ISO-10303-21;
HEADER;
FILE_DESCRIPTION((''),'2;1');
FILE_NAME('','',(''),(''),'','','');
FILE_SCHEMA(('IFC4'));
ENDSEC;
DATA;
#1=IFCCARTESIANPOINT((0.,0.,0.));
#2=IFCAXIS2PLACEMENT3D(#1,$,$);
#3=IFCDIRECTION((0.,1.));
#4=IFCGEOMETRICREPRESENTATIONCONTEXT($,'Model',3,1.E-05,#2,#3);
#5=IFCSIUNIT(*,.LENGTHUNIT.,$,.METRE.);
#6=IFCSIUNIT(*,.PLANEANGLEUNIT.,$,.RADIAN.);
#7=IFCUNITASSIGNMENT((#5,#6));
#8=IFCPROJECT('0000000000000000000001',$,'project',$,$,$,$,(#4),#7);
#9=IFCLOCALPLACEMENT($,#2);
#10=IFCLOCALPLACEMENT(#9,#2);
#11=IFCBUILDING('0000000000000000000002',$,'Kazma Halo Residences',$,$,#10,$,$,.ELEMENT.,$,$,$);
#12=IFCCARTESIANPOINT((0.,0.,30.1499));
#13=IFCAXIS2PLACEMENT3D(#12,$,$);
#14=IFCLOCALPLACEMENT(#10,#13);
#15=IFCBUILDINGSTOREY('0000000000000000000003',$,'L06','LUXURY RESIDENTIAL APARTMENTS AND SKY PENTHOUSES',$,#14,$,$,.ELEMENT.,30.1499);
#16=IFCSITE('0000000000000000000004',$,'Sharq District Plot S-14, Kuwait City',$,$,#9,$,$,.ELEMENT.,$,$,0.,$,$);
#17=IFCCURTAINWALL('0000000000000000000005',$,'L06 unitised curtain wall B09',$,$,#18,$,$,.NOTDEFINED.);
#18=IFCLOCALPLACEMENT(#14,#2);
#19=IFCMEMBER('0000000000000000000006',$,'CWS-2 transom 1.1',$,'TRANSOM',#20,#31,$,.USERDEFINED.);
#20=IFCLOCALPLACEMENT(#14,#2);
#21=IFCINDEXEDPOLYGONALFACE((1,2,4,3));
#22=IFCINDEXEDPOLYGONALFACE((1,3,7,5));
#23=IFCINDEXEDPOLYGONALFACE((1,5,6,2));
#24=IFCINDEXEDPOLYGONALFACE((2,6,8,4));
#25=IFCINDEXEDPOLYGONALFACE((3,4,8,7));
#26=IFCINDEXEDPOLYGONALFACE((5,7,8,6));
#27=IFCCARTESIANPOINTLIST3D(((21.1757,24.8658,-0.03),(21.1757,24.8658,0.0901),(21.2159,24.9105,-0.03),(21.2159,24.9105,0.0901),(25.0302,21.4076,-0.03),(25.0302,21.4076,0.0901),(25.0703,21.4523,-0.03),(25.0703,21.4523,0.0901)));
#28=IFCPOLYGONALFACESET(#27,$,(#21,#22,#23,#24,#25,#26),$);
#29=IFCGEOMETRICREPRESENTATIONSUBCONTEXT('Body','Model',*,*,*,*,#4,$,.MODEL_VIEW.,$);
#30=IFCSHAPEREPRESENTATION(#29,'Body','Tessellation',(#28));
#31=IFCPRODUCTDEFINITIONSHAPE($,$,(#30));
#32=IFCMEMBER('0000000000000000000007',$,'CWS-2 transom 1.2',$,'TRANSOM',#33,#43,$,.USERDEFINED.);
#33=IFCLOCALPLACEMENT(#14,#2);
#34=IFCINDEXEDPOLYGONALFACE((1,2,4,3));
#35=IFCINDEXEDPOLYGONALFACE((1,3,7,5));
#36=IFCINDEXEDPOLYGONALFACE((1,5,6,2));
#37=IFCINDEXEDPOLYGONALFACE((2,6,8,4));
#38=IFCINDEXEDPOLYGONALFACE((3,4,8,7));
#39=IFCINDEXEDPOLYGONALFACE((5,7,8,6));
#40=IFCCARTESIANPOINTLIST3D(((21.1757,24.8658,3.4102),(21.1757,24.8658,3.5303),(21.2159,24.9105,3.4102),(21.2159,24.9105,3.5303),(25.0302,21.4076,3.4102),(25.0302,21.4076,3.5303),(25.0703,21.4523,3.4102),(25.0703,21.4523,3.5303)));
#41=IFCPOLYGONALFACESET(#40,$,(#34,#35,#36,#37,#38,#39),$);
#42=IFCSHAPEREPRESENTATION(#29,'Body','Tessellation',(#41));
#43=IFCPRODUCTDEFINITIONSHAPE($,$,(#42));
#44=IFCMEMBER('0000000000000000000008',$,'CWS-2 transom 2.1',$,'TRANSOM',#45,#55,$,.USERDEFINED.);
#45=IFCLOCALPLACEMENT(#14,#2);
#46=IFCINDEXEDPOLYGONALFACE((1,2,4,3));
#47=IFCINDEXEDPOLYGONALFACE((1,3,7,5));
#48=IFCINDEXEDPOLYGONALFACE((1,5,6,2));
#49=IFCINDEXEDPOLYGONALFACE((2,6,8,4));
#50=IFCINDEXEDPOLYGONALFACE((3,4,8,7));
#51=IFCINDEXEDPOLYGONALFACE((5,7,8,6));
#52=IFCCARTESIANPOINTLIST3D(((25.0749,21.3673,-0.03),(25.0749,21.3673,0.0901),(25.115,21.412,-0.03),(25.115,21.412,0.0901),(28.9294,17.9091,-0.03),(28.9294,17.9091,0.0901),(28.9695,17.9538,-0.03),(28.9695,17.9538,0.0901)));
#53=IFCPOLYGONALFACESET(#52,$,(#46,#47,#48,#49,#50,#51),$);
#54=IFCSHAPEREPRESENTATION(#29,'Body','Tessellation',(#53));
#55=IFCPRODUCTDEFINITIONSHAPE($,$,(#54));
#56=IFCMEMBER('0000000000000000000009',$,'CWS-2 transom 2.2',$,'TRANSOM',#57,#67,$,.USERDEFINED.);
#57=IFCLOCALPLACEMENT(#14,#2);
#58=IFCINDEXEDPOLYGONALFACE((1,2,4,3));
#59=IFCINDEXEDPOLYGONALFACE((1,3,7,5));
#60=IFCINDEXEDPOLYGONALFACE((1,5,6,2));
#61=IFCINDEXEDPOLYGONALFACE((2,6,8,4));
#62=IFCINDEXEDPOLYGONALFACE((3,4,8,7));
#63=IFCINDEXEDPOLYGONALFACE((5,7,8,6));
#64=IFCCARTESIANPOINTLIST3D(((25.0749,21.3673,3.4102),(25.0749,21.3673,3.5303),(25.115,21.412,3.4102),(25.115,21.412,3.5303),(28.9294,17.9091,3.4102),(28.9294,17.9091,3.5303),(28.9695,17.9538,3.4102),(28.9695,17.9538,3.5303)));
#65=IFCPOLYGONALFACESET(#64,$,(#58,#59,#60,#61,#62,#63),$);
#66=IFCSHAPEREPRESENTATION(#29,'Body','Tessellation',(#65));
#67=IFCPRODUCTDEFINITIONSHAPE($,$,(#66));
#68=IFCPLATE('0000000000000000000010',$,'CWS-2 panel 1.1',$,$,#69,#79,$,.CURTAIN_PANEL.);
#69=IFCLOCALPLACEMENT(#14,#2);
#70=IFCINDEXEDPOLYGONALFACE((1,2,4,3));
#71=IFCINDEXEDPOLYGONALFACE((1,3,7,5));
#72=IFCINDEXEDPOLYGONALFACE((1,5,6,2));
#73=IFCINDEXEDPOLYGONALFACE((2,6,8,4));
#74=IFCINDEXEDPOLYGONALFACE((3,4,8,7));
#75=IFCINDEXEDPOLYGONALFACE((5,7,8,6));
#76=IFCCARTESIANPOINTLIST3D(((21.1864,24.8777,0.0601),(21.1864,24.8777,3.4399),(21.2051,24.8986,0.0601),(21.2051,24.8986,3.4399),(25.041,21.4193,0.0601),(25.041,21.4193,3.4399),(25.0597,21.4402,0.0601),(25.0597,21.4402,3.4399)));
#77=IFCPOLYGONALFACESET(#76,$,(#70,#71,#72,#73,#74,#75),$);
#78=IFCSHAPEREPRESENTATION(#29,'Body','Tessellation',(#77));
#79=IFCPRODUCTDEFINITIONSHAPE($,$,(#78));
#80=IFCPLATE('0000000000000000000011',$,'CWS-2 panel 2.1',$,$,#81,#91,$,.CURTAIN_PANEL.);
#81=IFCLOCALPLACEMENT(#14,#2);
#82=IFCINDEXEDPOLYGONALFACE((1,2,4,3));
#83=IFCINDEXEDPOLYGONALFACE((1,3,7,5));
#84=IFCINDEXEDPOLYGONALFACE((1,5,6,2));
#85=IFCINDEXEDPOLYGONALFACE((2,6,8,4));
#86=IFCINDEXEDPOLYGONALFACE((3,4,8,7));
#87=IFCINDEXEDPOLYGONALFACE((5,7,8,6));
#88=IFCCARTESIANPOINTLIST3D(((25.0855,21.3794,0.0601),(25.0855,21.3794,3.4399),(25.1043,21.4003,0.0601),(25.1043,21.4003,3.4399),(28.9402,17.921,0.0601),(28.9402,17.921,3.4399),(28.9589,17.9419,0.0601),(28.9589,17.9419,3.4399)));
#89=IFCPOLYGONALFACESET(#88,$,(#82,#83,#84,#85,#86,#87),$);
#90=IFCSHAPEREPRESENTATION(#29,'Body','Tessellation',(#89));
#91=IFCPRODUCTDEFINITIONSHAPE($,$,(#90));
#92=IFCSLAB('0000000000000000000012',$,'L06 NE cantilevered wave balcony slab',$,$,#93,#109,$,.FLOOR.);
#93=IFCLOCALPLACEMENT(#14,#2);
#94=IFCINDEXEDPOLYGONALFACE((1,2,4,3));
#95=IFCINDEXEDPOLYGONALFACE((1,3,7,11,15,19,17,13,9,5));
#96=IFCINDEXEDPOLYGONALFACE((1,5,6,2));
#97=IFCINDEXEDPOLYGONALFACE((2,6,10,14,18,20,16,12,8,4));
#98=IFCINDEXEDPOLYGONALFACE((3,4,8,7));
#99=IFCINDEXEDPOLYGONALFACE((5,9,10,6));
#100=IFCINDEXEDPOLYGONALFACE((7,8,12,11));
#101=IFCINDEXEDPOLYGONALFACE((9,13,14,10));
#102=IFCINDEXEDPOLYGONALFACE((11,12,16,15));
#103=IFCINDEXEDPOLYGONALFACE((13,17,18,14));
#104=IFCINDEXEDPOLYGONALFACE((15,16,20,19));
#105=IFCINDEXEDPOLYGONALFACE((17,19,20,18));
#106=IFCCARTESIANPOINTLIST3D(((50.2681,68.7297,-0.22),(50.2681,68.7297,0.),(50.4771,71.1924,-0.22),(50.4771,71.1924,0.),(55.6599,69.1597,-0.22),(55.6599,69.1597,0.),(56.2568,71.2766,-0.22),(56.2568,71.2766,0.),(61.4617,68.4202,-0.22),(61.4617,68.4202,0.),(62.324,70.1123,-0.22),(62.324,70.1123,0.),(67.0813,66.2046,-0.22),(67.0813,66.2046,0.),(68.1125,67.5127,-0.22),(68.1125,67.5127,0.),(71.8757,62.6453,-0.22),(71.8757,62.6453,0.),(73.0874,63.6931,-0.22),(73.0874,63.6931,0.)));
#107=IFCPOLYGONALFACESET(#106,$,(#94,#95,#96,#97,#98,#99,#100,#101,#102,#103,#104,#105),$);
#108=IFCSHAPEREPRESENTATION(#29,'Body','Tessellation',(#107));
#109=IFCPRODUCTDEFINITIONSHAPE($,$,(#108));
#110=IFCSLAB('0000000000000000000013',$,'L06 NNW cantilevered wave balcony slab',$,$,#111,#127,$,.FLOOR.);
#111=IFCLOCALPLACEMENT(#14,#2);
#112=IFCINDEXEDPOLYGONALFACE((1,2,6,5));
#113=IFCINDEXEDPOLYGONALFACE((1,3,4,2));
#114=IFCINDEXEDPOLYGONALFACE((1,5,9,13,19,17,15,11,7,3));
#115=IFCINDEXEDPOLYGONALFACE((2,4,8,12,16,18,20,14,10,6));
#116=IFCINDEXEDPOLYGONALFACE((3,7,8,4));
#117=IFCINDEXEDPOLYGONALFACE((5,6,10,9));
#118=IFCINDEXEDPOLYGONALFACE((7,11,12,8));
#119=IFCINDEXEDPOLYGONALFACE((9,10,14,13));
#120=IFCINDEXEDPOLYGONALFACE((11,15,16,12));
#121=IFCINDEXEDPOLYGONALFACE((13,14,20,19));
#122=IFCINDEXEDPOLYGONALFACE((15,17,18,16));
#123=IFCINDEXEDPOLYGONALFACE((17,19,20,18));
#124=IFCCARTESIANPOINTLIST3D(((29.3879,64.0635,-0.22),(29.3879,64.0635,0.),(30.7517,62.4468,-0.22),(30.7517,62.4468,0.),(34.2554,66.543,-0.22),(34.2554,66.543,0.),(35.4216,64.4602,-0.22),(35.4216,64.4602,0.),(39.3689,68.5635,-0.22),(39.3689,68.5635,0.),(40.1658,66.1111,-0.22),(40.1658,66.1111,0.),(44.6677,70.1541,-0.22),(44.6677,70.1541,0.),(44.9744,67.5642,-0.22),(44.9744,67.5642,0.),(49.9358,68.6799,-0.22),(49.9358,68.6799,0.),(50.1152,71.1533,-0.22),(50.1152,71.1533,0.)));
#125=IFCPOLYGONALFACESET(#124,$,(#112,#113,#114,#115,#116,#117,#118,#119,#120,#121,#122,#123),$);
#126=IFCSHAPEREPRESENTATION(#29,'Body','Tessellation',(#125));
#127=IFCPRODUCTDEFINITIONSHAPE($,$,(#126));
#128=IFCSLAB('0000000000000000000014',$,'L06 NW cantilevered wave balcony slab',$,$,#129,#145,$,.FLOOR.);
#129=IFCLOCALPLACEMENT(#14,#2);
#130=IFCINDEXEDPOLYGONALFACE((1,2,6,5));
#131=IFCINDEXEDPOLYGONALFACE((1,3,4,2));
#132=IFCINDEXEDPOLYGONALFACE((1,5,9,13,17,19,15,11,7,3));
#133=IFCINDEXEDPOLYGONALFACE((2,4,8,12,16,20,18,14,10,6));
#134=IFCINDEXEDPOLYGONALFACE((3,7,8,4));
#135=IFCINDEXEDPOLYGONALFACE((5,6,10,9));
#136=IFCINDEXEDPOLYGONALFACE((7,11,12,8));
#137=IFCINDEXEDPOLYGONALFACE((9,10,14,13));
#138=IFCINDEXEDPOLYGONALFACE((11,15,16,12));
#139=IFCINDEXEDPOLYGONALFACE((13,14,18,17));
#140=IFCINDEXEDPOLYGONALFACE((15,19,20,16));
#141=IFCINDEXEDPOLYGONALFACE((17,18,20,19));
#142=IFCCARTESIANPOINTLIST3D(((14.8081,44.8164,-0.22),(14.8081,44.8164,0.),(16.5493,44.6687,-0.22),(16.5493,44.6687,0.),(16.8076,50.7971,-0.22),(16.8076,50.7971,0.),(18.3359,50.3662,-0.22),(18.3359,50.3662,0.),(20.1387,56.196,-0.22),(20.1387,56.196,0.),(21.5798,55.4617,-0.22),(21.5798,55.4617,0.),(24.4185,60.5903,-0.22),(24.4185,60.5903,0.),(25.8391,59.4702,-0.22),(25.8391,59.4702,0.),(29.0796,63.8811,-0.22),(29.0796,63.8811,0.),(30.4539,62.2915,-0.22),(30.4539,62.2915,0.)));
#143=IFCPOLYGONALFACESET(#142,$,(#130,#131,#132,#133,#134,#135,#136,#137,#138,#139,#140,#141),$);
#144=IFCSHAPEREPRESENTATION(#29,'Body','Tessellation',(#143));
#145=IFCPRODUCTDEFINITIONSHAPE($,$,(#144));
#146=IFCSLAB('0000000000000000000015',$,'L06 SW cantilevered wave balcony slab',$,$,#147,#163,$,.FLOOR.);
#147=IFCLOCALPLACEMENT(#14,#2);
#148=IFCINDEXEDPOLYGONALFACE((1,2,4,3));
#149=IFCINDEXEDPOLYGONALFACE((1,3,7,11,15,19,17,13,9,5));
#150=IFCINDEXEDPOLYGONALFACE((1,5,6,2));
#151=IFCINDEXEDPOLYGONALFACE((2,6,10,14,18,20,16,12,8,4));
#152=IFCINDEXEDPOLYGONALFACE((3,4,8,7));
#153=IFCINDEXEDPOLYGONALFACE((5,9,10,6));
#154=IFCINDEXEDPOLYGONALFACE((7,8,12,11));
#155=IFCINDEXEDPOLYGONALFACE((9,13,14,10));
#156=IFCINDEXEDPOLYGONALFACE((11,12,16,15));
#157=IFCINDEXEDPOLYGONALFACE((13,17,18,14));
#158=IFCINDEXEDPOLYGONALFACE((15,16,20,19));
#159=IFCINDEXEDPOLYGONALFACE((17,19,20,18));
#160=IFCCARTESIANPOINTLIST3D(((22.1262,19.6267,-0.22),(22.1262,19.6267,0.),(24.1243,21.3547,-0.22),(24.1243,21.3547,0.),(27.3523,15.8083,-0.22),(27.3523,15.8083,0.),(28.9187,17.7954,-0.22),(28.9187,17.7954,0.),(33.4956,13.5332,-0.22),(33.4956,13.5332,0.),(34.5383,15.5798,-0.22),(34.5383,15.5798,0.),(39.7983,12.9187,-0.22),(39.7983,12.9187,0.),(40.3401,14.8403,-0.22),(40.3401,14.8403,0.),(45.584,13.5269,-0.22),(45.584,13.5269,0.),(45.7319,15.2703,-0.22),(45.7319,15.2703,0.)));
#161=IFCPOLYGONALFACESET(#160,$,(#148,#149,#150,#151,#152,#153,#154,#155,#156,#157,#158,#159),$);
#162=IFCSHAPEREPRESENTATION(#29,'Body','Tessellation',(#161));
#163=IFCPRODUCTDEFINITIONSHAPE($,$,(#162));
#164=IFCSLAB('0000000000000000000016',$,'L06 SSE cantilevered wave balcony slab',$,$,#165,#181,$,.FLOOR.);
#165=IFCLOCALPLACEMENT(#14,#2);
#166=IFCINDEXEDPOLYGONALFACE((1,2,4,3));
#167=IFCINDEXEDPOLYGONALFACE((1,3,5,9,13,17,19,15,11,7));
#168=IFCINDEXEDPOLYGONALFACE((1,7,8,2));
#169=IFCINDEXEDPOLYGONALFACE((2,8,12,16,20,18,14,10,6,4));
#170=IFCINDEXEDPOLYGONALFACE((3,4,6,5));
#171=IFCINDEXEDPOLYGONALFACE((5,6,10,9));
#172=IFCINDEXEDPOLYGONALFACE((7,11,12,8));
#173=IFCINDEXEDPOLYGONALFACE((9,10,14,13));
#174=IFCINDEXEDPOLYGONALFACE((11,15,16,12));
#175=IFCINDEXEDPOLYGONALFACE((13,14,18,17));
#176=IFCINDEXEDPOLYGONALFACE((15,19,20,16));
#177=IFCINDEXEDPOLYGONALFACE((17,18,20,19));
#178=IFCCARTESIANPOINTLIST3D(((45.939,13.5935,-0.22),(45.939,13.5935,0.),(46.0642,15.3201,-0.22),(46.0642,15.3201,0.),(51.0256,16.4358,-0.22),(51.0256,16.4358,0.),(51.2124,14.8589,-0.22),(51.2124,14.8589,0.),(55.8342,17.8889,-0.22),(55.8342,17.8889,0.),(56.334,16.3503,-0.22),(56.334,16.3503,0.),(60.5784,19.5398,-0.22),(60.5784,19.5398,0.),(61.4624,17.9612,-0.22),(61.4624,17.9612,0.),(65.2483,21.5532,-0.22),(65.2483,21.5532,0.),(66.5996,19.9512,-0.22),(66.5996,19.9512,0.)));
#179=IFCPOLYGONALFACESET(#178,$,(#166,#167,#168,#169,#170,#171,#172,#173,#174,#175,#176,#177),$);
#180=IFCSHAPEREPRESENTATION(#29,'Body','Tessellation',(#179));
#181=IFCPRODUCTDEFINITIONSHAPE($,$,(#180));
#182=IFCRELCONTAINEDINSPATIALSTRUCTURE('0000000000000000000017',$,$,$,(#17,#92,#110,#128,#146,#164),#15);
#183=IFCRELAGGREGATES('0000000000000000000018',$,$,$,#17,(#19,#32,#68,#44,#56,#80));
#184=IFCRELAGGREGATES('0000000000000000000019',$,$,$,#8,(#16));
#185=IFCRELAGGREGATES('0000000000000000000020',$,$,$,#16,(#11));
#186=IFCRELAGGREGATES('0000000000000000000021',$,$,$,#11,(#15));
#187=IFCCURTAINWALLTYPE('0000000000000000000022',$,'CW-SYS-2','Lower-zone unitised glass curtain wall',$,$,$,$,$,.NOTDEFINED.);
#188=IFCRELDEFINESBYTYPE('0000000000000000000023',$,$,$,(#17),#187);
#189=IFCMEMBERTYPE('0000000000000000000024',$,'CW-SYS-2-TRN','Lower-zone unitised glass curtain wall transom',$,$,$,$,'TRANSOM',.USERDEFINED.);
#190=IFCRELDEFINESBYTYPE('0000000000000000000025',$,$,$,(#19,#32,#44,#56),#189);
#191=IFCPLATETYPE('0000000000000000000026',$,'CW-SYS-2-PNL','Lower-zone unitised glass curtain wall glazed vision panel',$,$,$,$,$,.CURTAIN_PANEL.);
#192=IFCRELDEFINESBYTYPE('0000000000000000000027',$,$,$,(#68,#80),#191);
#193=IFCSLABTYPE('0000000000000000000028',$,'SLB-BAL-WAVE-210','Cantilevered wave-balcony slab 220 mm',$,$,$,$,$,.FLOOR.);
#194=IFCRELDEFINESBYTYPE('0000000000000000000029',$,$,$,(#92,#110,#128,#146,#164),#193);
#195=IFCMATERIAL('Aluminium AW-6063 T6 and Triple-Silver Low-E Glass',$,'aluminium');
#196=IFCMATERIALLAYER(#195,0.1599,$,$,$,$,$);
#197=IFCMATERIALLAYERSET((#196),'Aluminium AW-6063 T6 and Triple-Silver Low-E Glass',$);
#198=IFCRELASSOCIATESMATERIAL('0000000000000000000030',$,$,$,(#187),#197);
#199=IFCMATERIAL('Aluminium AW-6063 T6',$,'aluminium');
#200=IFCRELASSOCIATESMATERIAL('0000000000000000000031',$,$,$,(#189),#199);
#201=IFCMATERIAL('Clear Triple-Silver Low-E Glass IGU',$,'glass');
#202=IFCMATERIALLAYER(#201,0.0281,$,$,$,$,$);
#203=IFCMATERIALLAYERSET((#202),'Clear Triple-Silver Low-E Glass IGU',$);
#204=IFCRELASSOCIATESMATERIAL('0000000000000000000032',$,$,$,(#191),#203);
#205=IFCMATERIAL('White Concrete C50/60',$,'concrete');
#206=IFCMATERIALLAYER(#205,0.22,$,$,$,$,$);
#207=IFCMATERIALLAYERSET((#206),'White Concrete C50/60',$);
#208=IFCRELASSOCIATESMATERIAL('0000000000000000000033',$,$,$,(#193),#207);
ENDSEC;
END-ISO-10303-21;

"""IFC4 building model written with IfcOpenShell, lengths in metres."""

from ifc_helpers import new_model, si_unit, direction, frame, origin, origin_2d, place, context, subcontext, project, spatial, polyline, rectangle, outline, extrude, material, layer, layer_set, material_profile, profile_set, type_object, element, aggregate, save


model = new_model("IFC4")

# Units and contexts
model_context = context("Model", 3, precision=1e-05, world=origin(), true_north=direction((0.0, 1.0)))
body_context = subcontext(model_context, "Body", "Model", "MODEL_VIEW")
ifc_project = project(units=[si_unit("LENGTHUNIT", "METRE"), si_unit("PLANEANGLEUNIT", "RADIAN")], contexts=[model_context])

# Site, building, storey
site_placement = place(None, origin())
site = spatial("IfcSite", under=ifc_project, at=site_placement, Name="Sharq District Plot S-14, Kuwait City", CompositionType="ELEMENT", RefElevation=0.0)
building_placement = place(site_placement, origin())
building = spatial("IfcBuilding", under=site, at=building_placement, Name="Kazma Halo Residences", CompositionType="ELEMENT")
storey_placement = place(building_placement, frame((0.0, 0.0, 30.1499)))
storey = spatial("IfcBuildingStorey", under=building, at=storey_placement, Name="L06", Description="LUXURY RESIDENTIAL APARTMENTS AND SKY PENTHOUSES", CompositionType="ELEMENT", Elevation=30.1499)

# Curtain wall, members, plates
ifc_material_1 = material(Name="Aluminium AW-6063 T6 and Triple-Silver Low-E Glass", Category="aluminium")
ifc_layer_1 = layer(ifc_material_1, 0.1599)
ifc_layer_set_1 = layer_set([ifc_layer_1], Name="Aluminium AW-6063 T6 and Triple-Silver Low-E Glass")
curtain_wall_type = type_object("IfcCurtainWallType", Name="CW-SYS-2", Description="Lower-zone unitised glass curtain wall", PredefinedType="NOTDEFINED", material=ifc_layer_set_1)
curtain_wall_placement = place(storey_placement, origin())
curtain_wall = element("IfcCurtainWall", 1, at=curtain_wall_placement, inside=storey, type_object=curtain_wall_type, Name="L06 unitised curtain wall B09", PredefinedType="NOTDEFINED")
ifc_material_2 = material(Name="Aluminium AW-6063 T6", Category="aluminium")
ifc_material_profile_1 = material_profile(ifc_material_2, rectangle(XDim=0.0601, YDim=0.1201, at=origin_2d()), Name="CWT-60x120")
ifc_profile_set_1 = profile_set([ifc_material_profile_1], Name="Aluminium AW-6063 T6")
member_type_1 = type_object("IfcMemberType", Name="CW-SYS-2-TRN", Description="Lower-zone unitised glass curtain wall transom", ElementType="TRANSOM", PredefinedType="USERDEFINED", material=ifc_profile_set_1)
member_1_placement = place(storey_placement, frame((21.1958, 24.8882, 0.03), z_axis=(0.744329, -0.667813, 0.0), x_axis=(0.667813, 0.744329, 0.0)))
member_1 = element("IfcMember", 2, at=member_1_placement, type_object=member_type_1, Name="CWS-2 transom 1.1", ObjectType="TRANSOM", PredefinedType="USERDEFINED", context=body_context, shape_type="SweptSolid", body=[
    extrude(rectangle(XDim=0.0601, YDim=0.1201, at=origin_2d()), origin(), (0.0, 0.0, 1.0), 5.1785),
])
member_2_placement = place(storey_placement, frame((21.1958, 24.8882, 3.4702), z_axis=(0.744329, -0.667813, 0.0), x_axis=(0.667813, 0.744329, 0.0)))
member_2 = element("IfcMember", 3, at=member_2_placement, type_object=member_type_1, Name="CWS-2 transom 1.2", ObjectType="TRANSOM", PredefinedType="USERDEFINED", context=body_context, shape_type="SweptSolid", body=[
    extrude(rectangle(XDim=0.0601, YDim=0.1201, at=origin_2d()), origin(), (0.0, 0.0, 1.0), 5.1785),
])
member_3_placement = place(storey_placement, frame((25.095, 21.3896, 0.03), z_axis=(0.744329, -0.667813, 0.0), x_axis=(0.667813, 0.744329, 0.0)))
member_3 = element("IfcMember", 4, at=member_3_placement, type_object=member_type_1, Name="CWS-2 transom 2.1", ObjectType="TRANSOM", PredefinedType="USERDEFINED", context=body_context, shape_type="SweptSolid", body=[
    extrude(rectangle(XDim=0.0601, YDim=0.1201, at=origin_2d()), origin(), (0.0, 0.0, 1.0), 5.1785),
])
member_4_placement = place(storey_placement, frame((25.095, 21.3896, 3.4702), z_axis=(0.744329, -0.667813, 0.0), x_axis=(0.667813, 0.744329, 0.0)))
member_4 = element("IfcMember", 5, at=member_4_placement, type_object=member_type_1, Name="CWS-2 transom 2.2", ObjectType="TRANSOM", PredefinedType="USERDEFINED", context=body_context, shape_type="SweptSolid", body=[
    extrude(rectangle(XDim=0.0601, YDim=0.1201, at=origin_2d()), origin(), (0.0, 0.0, 1.0), 5.1785),
])
ifc_material_3 = material(Name="Clear Triple-Silver Low-E Glass IGU", Category="glass")
ifc_layer_2 = layer(ifc_material_3, 0.0281)
ifc_layer_set_2 = layer_set([ifc_layer_2], Name="Clear Triple-Silver Low-E Glass IGU")
plate_type = type_object("IfcPlateType", Name="CW-SYS-2-PNL", Description="Lower-zone unitised glass curtain wall glazed vision panel", PredefinedType="CURTAIN_PANEL", material=ifc_layer_set_2)
plate_1_placement = place(storey_placement, frame((23.123, 23.1589, 0.0601), z_axis=(0.0, 0.0, 1.0), x_axis=(0.744322, -0.667821, 0.0)))
plate_1 = element("IfcPlate", 6, at=plate_1_placement, type_object=plate_type, Name="CWS-2 panel 1.1", PredefinedType="CURTAIN_PANEL", context=body_context, shape_type="SweptSolid", body=[
    extrude(rectangle(XDim=5.1787, YDim=0.0281, at=origin_2d()), origin(), (0.0, 0.0, 1.0), 3.3799),
])
plate_2_placement = place(storey_placement, frame((27.0222, 19.6606, 0.0601), z_axis=(0.0, 0.0, 1.0), x_axis=(0.744322, -0.667821, 0.0)))
plate_2 = element("IfcPlate", 7, at=plate_2_placement, type_object=plate_type, Name="CWS-2 panel 2.1", PredefinedType="CURTAIN_PANEL", context=body_context, shape_type="SweptSolid", body=[
    extrude(rectangle(XDim=5.1787, YDim=0.0281, at=origin_2d()), origin(), (0.0, 0.0, 1.0), 3.3799),
])
aggregate(curtain_wall, [member_1, member_2, plate_1, member_3, member_4, plate_2])

# Slabs
ifc_material_4 = material(Name="White Concrete C50/60", Category="concrete")
ifc_layer_3 = layer(ifc_material_4, 0.22)
ifc_layer_set_3 = layer_set([ifc_layer_3], Name="White Concrete C50/60")
slab_type_1 = type_object("IfcSlabType", Name="SLB-BAL-WAVE-210", Description="Cantilevered wave-balcony slab 220 mm", PredefinedType="FLOOR", material=ifc_layer_set_3)
slab_1_placement = place(storey_placement, frame((0.0, 0.0, -0.22)))
element("IfcSlab", 8, at=slab_1_placement, inside=storey, type_object=slab_type_1, Name="L06 NE cantilevered wave balcony slab", PredefinedType="FLOOR", context=body_context, shape_type="SweptSolid", body=[
    extrude(outline(polyline([(71.8757, 62.6453), (67.0813, 66.2046), (61.4617, 68.4202), (55.6599, 69.1597), (50.2681, 68.7297), (50.4771, 71.1924), (56.2568, 71.2766), (62.324, 70.1123), (68.1125, 67.5127), (73.0874, 63.6931), (71.8757, 62.6453)])), origin(), (0.0, 0.0, 1.0), 0.22),
])
slab_2_placement = place(storey_placement, frame((0.0, 0.0, -0.22)))
element("IfcSlab", 9, at=slab_2_placement, inside=storey, type_object=slab_type_1, Name="L06 NNW cantilevered wave balcony slab", PredefinedType="FLOOR", context=body_context, shape_type="SweptSolid", body=[
    extrude(outline(polyline([(49.9358, 68.6799), (44.9744, 67.5642), (40.1658, 66.1111), (35.4216, 64.4602), (30.7517, 62.4468), (29.3879, 64.0635), (34.2554, 66.543), (39.3689, 68.5635), (44.6677, 70.1541), (50.1152, 71.1533), (49.9358, 68.6799)])), origin(), (0.0, 0.0, 1.0), 0.22),
])
slab_3_placement = place(storey_placement, frame((0.0, 0.0, -0.22)))
element("IfcSlab", 10, at=slab_3_placement, inside=storey, type_object=slab_type_1, Name="L06 NW cantilevered wave balcony slab", PredefinedType="FLOOR", context=body_context, shape_type="SweptSolid", body=[
    extrude(outline(polyline([(30.4539, 62.2915), (25.8391, 59.4702), (21.5798, 55.4617), (18.3359, 50.3662), (16.5493, 44.6687), (14.8081, 44.8164), (16.8076, 50.7971), (20.1387, 56.196), (24.4185, 60.5903), (29.0796, 63.8811), (30.4539, 62.2915)])), origin(), (0.0, 0.0, 1.0), 0.22),
])
slab_4_placement = place(storey_placement, frame((0.0, 0.0, -0.22)))
element("IfcSlab", 11, at=slab_4_placement, inside=storey, type_object=slab_type_1, Name="L06 SW cantilevered wave balcony slab", PredefinedType="FLOOR", context=body_context, shape_type="SweptSolid", body=[
    extrude(outline(polyline([(24.1243, 21.3547), (28.9187, 17.7954), (34.5383, 15.5798), (40.3401, 14.8403), (45.7319, 15.2703), (45.584, 13.5269), (39.7983, 12.9187), (33.4956, 13.5332), (27.3523, 15.8083), (22.1262, 19.6267), (24.1243, 21.3547)])), origin(), (0.0, 0.0, 1.0), 0.22),
])
slab_5_placement = place(storey_placement, frame((0.0, 0.0, -0.22)))
element("IfcSlab", 12, at=slab_5_placement, inside=storey, type_object=slab_type_1, Name="L06 SSE cantilevered wave balcony slab", PredefinedType="FLOOR", context=body_context, shape_type="SweptSolid", body=[
    extrude(outline(polyline([(46.0642, 15.3201), (51.0256, 16.4358), (55.8342, 17.8889), (60.5784, 19.5398), (65.2483, 21.5532), (66.5996, 19.9512), (61.4624, 17.9612), (56.334, 16.3503), (51.2124, 14.8589), (45.939, 13.5935), (46.0642, 15.3201)])), origin(), (0.0, 0.0, 1.0), 0.22),
])

save(model, "model.ifc")
